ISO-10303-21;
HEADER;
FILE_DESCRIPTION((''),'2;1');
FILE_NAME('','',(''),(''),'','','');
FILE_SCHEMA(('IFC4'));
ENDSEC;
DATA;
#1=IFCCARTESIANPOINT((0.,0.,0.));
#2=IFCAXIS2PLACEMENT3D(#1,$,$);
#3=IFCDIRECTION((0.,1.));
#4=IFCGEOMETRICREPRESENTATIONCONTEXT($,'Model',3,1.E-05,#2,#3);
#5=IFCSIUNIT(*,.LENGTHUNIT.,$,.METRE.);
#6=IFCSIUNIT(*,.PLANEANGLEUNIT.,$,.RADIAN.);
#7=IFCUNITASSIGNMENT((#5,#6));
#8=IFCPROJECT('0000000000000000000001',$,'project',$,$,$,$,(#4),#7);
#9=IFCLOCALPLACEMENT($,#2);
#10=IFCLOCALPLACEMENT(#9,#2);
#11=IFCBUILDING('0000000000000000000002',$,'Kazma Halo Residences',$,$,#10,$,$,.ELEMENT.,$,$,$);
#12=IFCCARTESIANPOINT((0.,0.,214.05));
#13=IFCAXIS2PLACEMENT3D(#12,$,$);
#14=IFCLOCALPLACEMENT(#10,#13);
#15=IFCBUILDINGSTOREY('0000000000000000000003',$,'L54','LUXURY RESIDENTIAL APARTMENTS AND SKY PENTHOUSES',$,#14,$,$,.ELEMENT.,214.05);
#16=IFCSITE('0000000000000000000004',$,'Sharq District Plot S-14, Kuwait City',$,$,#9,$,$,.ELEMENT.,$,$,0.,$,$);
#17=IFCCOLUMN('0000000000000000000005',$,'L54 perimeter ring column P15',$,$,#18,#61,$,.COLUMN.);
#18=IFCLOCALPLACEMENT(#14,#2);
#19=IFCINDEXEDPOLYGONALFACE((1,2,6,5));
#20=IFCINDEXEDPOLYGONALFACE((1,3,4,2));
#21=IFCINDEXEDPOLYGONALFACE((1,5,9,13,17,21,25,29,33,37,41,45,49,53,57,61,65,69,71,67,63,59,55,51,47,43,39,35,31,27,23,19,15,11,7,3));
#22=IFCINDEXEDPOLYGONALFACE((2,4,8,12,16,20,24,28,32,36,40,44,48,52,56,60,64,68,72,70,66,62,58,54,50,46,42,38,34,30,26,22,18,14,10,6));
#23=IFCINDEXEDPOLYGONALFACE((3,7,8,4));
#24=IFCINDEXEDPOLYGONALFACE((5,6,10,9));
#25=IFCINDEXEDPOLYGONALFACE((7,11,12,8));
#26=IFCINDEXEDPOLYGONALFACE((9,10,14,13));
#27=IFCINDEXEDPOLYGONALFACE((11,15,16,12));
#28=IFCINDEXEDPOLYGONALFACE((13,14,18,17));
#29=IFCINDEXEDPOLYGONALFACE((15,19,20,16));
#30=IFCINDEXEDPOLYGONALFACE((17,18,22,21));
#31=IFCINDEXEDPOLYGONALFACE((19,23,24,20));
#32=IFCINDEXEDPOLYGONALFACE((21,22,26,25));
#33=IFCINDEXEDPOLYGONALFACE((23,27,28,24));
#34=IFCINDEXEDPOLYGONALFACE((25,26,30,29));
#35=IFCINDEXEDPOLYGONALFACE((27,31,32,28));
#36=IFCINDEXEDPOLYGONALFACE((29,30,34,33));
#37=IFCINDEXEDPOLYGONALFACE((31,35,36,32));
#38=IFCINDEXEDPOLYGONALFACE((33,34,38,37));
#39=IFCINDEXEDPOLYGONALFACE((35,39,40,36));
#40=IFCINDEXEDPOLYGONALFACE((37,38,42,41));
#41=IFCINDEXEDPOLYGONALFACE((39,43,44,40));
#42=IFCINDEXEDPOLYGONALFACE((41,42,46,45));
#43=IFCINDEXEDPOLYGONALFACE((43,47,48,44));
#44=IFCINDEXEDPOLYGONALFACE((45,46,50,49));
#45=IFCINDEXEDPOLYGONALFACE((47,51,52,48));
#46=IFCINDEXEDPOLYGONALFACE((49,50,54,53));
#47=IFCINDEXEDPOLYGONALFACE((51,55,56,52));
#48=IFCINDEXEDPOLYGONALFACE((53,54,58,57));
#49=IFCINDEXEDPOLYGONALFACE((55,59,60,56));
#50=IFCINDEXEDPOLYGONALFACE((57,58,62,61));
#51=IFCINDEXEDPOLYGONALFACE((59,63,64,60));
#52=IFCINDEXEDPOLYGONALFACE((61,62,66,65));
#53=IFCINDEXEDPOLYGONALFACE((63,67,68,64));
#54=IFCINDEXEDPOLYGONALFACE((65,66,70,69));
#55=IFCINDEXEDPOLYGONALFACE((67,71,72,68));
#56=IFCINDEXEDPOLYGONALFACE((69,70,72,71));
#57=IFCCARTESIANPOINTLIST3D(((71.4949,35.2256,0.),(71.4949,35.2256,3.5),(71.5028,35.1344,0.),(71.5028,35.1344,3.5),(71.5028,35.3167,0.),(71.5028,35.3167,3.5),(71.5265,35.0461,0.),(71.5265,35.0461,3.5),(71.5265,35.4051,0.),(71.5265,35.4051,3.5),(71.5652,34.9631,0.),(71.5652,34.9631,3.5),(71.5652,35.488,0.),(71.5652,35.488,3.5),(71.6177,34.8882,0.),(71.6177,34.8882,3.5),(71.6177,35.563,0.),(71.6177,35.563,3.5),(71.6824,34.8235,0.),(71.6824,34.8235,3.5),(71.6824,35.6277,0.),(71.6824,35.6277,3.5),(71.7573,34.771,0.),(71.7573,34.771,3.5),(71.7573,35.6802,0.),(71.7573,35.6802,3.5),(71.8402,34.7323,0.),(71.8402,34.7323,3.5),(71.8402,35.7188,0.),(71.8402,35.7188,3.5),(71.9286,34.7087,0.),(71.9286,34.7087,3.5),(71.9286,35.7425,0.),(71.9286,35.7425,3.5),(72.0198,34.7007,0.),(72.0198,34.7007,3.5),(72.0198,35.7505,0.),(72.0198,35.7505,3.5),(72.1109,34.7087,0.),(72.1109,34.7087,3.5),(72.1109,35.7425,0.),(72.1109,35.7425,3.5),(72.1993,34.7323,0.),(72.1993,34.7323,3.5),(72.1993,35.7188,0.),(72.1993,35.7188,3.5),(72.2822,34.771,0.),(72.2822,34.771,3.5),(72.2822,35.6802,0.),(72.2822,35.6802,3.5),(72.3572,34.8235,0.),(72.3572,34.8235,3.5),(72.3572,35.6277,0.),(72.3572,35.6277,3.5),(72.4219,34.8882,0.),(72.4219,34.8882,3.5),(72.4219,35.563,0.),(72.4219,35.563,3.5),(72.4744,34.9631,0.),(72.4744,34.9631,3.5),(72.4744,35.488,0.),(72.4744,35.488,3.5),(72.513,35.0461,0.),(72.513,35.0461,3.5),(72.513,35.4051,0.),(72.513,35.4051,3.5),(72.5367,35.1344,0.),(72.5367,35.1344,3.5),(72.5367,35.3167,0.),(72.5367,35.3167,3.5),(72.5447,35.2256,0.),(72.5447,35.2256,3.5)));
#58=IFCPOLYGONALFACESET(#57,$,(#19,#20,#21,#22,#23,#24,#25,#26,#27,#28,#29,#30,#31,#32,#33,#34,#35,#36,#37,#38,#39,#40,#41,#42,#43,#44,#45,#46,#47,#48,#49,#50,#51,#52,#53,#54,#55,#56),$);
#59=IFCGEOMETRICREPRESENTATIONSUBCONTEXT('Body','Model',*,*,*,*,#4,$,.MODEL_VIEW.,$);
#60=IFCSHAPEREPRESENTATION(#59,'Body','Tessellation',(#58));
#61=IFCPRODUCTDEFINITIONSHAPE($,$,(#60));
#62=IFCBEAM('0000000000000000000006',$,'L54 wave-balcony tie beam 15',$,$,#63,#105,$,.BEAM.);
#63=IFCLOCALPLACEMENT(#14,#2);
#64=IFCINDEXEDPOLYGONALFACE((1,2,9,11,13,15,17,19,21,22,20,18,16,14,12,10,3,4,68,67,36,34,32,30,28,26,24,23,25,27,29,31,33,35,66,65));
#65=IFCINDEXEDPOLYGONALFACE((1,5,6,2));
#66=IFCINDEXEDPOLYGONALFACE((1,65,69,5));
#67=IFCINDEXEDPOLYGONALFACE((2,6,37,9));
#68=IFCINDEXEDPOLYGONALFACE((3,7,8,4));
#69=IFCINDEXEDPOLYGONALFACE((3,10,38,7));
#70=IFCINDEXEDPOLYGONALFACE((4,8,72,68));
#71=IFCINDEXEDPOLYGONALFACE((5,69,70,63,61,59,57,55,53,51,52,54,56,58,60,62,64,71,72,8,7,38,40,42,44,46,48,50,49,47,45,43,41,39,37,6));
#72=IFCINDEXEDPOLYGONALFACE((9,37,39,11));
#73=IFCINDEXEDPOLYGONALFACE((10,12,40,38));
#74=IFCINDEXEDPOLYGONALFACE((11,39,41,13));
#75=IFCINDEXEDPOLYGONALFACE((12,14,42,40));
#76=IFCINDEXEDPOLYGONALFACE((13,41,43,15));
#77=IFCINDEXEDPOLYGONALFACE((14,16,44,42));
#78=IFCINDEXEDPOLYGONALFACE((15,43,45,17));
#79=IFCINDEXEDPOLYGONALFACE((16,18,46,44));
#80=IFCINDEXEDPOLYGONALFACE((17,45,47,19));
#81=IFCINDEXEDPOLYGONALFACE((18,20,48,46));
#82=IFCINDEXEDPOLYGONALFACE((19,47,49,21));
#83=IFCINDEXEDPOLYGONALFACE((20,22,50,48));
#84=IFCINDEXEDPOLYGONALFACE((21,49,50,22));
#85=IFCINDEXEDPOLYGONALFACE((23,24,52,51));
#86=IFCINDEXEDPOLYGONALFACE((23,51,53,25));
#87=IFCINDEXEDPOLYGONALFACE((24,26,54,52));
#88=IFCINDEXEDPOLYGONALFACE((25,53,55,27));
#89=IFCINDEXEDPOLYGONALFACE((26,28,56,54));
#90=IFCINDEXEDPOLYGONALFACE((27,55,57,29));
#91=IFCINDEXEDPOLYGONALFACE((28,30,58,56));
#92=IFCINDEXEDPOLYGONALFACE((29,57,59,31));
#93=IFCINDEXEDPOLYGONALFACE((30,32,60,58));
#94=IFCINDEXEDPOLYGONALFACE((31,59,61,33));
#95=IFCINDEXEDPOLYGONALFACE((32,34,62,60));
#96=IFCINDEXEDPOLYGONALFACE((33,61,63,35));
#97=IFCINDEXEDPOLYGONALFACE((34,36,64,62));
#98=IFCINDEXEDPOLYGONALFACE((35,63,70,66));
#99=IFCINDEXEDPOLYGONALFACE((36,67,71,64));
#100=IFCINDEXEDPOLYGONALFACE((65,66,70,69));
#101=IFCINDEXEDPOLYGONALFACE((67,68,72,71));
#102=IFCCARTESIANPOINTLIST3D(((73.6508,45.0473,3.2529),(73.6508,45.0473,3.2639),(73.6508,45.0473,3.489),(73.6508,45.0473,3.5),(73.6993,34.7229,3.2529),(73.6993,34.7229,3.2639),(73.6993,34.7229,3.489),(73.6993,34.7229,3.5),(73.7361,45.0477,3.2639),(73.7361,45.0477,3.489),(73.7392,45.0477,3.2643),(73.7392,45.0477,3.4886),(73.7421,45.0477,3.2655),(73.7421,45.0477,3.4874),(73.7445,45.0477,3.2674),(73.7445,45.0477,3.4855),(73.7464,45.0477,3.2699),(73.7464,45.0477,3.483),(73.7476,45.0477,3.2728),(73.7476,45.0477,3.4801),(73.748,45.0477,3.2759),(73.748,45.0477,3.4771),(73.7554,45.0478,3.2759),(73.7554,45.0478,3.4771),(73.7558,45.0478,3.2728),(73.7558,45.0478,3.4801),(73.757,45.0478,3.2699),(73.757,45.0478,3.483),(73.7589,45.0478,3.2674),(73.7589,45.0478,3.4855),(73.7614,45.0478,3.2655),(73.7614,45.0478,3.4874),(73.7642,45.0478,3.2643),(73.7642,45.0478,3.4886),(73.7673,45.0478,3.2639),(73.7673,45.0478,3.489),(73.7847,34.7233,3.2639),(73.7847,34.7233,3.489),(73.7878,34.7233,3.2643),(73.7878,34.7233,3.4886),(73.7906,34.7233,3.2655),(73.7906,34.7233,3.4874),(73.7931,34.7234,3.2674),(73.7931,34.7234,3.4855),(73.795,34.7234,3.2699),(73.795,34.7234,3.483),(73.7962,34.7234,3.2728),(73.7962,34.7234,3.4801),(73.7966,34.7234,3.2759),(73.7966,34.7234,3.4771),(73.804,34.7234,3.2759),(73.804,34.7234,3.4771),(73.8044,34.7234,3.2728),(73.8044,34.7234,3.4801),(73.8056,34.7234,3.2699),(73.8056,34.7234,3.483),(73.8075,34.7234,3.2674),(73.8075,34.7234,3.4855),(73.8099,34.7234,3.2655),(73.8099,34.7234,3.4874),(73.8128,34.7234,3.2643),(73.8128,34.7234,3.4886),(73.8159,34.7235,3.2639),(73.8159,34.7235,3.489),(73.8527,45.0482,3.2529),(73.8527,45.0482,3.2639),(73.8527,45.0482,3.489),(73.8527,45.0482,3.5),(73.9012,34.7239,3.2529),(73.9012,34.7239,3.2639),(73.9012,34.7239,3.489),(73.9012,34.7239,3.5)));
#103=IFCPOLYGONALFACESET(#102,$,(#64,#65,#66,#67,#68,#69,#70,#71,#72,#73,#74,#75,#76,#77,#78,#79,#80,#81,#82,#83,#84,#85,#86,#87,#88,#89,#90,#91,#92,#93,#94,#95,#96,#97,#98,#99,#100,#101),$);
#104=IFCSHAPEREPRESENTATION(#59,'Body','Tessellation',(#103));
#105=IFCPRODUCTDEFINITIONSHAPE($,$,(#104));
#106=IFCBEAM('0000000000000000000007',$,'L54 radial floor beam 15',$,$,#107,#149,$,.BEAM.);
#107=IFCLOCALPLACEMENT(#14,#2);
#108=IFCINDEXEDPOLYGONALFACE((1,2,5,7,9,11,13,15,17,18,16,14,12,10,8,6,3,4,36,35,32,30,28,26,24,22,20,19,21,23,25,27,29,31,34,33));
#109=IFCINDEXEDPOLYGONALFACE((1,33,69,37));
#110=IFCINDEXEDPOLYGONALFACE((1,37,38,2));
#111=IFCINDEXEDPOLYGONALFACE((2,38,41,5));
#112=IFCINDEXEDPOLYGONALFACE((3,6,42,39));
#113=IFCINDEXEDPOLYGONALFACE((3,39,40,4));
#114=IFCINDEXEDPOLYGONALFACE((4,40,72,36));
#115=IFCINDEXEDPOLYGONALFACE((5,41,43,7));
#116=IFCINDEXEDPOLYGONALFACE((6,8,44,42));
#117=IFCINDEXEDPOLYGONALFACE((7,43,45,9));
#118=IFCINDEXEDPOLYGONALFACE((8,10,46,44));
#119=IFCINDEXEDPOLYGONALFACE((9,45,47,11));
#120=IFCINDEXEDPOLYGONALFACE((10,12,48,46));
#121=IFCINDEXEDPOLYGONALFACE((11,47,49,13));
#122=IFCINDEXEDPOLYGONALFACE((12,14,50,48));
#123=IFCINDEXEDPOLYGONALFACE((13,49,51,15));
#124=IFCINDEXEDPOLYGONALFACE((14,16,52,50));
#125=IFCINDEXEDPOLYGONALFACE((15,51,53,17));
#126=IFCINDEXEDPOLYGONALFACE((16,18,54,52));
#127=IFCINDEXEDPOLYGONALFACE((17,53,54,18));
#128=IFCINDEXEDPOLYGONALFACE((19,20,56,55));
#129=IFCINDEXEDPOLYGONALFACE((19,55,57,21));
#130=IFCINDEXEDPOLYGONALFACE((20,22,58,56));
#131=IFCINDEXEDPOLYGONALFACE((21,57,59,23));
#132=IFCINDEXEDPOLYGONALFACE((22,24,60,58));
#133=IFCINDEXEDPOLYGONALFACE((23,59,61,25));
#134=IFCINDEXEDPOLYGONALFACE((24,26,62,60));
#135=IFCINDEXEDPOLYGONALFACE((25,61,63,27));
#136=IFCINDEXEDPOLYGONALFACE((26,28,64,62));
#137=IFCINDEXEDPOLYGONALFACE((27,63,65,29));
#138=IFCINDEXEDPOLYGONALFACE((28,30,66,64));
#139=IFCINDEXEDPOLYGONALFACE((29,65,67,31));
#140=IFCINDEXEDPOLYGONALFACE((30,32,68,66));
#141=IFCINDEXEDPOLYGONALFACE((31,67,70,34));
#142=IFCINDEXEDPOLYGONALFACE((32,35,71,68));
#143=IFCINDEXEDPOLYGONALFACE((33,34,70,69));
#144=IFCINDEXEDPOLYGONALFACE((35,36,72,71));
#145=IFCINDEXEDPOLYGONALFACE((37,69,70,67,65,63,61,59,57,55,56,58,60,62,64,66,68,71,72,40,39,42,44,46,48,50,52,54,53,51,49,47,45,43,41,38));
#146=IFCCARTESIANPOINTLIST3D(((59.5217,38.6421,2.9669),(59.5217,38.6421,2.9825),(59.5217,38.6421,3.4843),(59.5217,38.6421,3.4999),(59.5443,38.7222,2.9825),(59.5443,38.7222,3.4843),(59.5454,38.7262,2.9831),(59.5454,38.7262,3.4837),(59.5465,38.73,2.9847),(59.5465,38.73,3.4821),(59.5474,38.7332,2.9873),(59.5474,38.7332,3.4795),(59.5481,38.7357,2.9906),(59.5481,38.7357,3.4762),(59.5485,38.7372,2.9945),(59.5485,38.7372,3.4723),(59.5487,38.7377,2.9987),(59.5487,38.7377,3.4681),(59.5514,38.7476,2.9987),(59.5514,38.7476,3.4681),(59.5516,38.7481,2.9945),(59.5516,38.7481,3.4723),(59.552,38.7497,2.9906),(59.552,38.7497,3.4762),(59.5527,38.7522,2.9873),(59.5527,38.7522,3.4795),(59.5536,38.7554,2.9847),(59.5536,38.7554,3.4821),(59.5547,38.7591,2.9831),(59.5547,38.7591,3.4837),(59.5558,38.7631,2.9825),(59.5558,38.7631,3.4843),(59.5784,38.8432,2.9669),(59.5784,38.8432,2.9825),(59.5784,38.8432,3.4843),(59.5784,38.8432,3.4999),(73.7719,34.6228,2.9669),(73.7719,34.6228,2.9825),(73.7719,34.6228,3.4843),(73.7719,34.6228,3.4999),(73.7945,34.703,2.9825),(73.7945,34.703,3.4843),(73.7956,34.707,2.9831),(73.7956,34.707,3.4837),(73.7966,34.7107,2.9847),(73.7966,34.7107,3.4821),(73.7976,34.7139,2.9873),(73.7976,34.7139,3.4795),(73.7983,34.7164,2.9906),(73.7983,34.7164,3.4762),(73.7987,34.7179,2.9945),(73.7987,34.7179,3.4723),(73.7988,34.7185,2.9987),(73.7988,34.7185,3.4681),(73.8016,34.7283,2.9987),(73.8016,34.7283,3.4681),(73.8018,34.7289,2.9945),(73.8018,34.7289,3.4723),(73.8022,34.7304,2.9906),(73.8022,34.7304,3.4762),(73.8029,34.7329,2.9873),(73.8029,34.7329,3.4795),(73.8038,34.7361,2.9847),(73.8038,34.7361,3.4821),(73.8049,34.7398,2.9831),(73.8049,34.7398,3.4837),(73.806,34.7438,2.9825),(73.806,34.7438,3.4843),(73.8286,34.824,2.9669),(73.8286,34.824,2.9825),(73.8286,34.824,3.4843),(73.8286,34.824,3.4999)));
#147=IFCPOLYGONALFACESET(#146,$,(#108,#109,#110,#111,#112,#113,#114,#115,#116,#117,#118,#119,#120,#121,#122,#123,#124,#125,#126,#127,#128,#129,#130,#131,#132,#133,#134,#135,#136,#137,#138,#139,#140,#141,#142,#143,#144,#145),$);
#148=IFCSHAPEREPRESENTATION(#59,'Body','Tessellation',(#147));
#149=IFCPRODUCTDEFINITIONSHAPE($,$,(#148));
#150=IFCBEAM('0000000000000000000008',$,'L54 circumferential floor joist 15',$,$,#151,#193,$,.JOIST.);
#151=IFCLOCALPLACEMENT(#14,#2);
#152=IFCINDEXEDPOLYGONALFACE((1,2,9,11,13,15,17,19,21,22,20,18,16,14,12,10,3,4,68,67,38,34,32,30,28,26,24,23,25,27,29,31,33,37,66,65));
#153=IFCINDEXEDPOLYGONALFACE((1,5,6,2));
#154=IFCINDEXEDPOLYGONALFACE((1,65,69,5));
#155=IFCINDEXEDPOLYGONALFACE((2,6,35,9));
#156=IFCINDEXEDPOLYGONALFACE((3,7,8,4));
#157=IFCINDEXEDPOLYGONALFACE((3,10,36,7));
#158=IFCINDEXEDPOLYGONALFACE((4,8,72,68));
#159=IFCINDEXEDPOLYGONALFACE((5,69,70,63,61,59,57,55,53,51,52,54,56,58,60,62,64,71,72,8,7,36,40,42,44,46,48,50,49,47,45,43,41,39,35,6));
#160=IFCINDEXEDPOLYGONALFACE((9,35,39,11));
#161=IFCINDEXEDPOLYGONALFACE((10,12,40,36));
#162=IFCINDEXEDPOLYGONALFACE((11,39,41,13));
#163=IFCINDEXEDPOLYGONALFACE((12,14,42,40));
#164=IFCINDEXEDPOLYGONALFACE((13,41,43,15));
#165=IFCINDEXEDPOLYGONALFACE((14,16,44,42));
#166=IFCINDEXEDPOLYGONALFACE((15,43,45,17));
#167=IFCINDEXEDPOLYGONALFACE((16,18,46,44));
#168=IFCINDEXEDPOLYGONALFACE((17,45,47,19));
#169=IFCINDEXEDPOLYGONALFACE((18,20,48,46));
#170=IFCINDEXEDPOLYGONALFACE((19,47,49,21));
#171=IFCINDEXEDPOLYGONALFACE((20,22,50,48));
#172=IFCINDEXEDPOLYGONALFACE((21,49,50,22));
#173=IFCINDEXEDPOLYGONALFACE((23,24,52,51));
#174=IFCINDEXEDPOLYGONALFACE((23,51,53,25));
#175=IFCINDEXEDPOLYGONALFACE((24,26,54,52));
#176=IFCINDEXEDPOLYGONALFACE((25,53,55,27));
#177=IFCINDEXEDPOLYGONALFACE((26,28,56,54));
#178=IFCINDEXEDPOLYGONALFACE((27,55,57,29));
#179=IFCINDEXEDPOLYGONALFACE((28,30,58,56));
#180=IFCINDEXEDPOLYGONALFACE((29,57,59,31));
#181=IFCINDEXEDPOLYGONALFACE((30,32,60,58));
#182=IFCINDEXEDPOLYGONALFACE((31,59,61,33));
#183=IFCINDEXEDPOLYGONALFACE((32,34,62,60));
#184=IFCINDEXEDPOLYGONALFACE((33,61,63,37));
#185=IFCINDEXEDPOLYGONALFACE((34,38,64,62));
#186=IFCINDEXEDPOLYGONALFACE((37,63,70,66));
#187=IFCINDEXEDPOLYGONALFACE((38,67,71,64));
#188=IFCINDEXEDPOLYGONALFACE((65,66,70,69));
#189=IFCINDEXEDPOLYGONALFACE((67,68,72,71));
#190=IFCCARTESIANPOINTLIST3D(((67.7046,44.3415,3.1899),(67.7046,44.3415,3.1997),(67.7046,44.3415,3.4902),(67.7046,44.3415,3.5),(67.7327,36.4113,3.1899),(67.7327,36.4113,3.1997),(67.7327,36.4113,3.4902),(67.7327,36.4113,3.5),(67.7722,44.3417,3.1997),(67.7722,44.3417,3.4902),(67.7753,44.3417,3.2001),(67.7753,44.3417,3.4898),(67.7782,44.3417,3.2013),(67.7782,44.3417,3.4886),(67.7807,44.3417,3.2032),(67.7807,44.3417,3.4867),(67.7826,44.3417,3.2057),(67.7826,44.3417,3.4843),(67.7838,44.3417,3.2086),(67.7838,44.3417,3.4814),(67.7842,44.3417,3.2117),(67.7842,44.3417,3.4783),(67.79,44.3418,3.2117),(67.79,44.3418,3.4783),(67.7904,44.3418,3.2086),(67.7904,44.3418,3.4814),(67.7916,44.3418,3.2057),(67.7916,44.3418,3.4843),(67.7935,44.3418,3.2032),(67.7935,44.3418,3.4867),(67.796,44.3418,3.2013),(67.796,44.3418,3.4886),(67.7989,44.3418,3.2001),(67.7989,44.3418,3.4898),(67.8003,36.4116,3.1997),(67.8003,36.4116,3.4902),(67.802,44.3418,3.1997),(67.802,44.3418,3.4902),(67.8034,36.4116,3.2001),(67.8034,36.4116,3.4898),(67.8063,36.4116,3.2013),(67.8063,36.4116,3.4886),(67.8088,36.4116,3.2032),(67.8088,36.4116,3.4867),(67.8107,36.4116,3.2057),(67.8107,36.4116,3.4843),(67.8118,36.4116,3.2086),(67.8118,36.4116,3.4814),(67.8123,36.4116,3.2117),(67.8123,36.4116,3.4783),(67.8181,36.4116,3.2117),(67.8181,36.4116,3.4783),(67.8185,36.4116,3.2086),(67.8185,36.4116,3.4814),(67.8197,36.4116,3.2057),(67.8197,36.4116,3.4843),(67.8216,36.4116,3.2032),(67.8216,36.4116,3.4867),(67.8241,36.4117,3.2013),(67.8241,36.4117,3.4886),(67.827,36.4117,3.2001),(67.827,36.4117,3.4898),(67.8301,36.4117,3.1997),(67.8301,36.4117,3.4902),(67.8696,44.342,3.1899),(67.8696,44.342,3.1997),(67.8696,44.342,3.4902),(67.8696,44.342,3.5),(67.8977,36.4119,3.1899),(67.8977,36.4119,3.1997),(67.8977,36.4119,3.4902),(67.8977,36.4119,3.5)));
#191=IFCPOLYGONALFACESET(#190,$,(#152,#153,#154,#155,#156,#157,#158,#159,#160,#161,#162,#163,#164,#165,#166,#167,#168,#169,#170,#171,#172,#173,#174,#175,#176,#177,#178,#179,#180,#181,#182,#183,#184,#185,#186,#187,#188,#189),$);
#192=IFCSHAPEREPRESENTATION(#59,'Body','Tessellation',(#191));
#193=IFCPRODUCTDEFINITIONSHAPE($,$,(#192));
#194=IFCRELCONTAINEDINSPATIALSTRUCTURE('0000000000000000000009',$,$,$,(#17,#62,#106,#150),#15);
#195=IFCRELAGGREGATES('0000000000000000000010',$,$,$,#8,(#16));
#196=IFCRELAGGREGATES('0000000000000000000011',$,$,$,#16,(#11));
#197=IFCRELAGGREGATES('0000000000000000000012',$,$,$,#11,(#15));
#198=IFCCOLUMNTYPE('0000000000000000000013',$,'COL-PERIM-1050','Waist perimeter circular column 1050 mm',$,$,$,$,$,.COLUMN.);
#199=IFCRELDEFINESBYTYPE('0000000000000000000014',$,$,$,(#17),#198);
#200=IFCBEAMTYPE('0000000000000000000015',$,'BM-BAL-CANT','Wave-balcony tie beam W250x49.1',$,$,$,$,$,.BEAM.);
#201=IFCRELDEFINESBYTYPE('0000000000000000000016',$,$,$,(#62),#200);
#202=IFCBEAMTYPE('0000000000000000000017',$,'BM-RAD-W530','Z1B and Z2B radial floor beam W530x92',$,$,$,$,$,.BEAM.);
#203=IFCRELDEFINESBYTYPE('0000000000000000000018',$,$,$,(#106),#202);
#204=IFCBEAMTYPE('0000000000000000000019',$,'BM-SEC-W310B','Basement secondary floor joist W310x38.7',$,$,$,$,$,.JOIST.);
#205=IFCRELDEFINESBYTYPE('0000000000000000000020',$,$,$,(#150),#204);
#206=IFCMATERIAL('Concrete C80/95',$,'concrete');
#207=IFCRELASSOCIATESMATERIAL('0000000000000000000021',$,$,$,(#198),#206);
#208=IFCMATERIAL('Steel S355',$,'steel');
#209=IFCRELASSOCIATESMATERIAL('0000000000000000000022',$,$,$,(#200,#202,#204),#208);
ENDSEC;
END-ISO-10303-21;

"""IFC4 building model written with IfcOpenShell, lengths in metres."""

from ifc_helpers import new_model, si_unit, direction, frame, origin, origin_2d, place, context, subcontext, project, spatial, circle, i_section, extrude, material, material_profile, profile_set, type_object, element, save


model = new_model("IFC4")

# Units and contexts
model_context = context("Model", 3, precision=1e-05, world=origin(), true_north=direction((0.0, 1.0)))
body_context = subcontext(model_context, "Body", "Model", "MODEL_VIEW")
ifc_project = project(units=[si_unit("LENGTHUNIT", "METRE"), si_unit("PLANEANGLEUNIT", "RADIAN")], contexts=[model_context])

# Site, building, storey
site_placement = place(None, origin())
site = spatial("IfcSite", under=ifc_project, at=site_placement, Name="Sharq District Plot S-14, Kuwait City", CompositionType="ELEMENT", RefElevation=0.0)
building_placement = place(site_placement, origin())
building = spatial("IfcBuilding", under=site, at=building_placement, Name="Kazma Halo Residences", CompositionType="ELEMENT")
storey_placement = place(building_placement, frame((0.0, 0.0, 214.05)))
storey = spatial("IfcBuildingStorey", under=building, at=storey_placement, Name="L54", Description="LUXURY RESIDENTIAL APARTMENTS AND SKY PENTHOUSES", CompositionType="ELEMENT", Elevation=214.05)

# Column
ifc_material_1 = material(Name="Concrete C80/95", Category="concrete")
ifc_material_profile_1 = material_profile(ifc_material_1, circle(Radius=0.5249, at=origin_2d()), Name="CIRC1050")
ifc_profile_set_1 = profile_set([ifc_material_profile_1], Name="Concrete C80/95")
column_type = type_object("IfcColumnType", Name="COL-PERIM-1050", Description="Waist perimeter circular column 1050 mm", PredefinedType="COLUMN", material=ifc_profile_set_1)
column_placement = place(storey_placement, frame((72.0198, 35.2256, 0.0), z_axis=(0.0, 0.0, 1.0), x_axis=(1.0, 0.0, 0.0)))
element("IfcColumn", 1, at=column_placement, inside=storey, type_object=column_type, Name="L54 perimeter ring column P15", PredefinedType="COLUMN", context=body_context, shape_type="SweptSolid", body=[
    extrude(circle(Radius=0.5249, at=origin_2d()), origin(), (0.0, 0.0, 1.0), 3.5),
])

# Beams
ifc_material_2 = material(Name="Steel S355", Category="steel")
ifc_material_profile_2 = material_profile(ifc_material_2, i_section(OverallWidth=0.2019, OverallDepth=0.2471, WebThickness=0.0073, FlangeThickness=0.011, FilletRadius=0.012, at=origin_2d()), Name="W250x49.1")
ifc_profile_set_2 = profile_set([ifc_material_profile_2], Name="Steel S355")
beam_type_1 = type_object("IfcBeamType", Name="BM-BAL-CANT", Description="Wave-balcony tie beam W250x49.1", PredefinedType="BEAM", material=ifc_profile_set_2)
beam_1_placement = place(storey_placement, frame((73.8003, 34.7234, 3.3765), z_axis=(-0.004706, 0.999989, 0.0), x_axis=(-0.999989, -0.004706, 0.0)))
element("IfcBeam", 2, at=beam_1_placement, inside=storey, type_object=beam_type_1, Name="L54 wave-balcony tie beam 15", PredefinedType="BEAM", context=body_context, shape_type="SweptSolid", body=[
    extrude(i_section(OverallWidth=0.2019, OverallDepth=0.2471, WebThickness=0.0073, FlangeThickness=0.011, FilletRadius=0.012, at=origin_2d()), origin(), (0.0, 0.0, 1.0), 10.3245),
])
ifc_material_profile_3 = material_profile(ifc_material_2, i_section(OverallWidth=0.209, OverallDepth=0.533, WebThickness=0.0103, FlangeThickness=0.0156, FilletRadius=0.0161, at=origin_2d()), Name="W530x92")
ifc_profile_set_3 = profile_set([ifc_material_profile_3], Name="Steel S355")
beam_type_2 = type_object("IfcBeamType", Name="BM-RAD-W530", Description="Z1B and Z2B radial floor beam W530x92", PredefinedType="BEAM", material=ifc_profile_set_3)
beam_2_placement = place(storey_placement, frame((59.55, 38.7427, 3.2334), z_axis=(0.96245, -0.271459, 0.0), x_axis=(0.271459, 0.96245, 0.0)))
element("IfcBeam", 3, at=beam_2_placement, inside=storey, type_object=beam_type_2, Name="L54 radial floor beam 15", PredefinedType="BEAM", context=body_context, shape_type="SweptSolid", body=[
    extrude(i_section(OverallWidth=0.209, OverallDepth=0.533, WebThickness=0.0103, FlangeThickness=0.0156, FilletRadius=0.0161, at=origin_2d()), origin(), (0.0, 0.0, 1.0), 14.8062),
])
ifc_material_profile_4 = material_profile(ifc_material_2, i_section(OverallWidth=0.165, OverallDepth=0.3101, WebThickness=0.0059, FlangeThickness=0.0098, FilletRadius=0.012, at=origin_2d()), Name="W310x38.7")
ifc_profile_set_4 = profile_set([ifc_material_profile_4], Name="Steel S355")
beam_type_3 = type_object("IfcBeamType", Name="BM-SEC-W310B", Description="Basement secondary floor joist W310x38.7", PredefinedType="JOIST", material=ifc_profile_set_4)
beam_3_placement = place(storey_placement, frame((67.8152, 36.4116, 3.345), z_axis=(-0.00354, 0.999994, 0.0), x_axis=(-0.999994, -0.00354, 0.0)))
element("IfcBeam", 4, at=beam_3_placement, inside=storey, type_object=beam_type_3, Name="L54 circumferential floor joist 15", PredefinedType="JOIST", context=body_context, shape_type="SweptSolid", body=[
    extrude(i_section(OverallWidth=0.165, OverallDepth=0.3101, WebThickness=0.0059, FlangeThickness=0.0098, FilletRadius=0.012, at=origin_2d()), origin(), (0.0, 0.0, 1.0), 7.9302),
])

save(model, "model.ifc")
